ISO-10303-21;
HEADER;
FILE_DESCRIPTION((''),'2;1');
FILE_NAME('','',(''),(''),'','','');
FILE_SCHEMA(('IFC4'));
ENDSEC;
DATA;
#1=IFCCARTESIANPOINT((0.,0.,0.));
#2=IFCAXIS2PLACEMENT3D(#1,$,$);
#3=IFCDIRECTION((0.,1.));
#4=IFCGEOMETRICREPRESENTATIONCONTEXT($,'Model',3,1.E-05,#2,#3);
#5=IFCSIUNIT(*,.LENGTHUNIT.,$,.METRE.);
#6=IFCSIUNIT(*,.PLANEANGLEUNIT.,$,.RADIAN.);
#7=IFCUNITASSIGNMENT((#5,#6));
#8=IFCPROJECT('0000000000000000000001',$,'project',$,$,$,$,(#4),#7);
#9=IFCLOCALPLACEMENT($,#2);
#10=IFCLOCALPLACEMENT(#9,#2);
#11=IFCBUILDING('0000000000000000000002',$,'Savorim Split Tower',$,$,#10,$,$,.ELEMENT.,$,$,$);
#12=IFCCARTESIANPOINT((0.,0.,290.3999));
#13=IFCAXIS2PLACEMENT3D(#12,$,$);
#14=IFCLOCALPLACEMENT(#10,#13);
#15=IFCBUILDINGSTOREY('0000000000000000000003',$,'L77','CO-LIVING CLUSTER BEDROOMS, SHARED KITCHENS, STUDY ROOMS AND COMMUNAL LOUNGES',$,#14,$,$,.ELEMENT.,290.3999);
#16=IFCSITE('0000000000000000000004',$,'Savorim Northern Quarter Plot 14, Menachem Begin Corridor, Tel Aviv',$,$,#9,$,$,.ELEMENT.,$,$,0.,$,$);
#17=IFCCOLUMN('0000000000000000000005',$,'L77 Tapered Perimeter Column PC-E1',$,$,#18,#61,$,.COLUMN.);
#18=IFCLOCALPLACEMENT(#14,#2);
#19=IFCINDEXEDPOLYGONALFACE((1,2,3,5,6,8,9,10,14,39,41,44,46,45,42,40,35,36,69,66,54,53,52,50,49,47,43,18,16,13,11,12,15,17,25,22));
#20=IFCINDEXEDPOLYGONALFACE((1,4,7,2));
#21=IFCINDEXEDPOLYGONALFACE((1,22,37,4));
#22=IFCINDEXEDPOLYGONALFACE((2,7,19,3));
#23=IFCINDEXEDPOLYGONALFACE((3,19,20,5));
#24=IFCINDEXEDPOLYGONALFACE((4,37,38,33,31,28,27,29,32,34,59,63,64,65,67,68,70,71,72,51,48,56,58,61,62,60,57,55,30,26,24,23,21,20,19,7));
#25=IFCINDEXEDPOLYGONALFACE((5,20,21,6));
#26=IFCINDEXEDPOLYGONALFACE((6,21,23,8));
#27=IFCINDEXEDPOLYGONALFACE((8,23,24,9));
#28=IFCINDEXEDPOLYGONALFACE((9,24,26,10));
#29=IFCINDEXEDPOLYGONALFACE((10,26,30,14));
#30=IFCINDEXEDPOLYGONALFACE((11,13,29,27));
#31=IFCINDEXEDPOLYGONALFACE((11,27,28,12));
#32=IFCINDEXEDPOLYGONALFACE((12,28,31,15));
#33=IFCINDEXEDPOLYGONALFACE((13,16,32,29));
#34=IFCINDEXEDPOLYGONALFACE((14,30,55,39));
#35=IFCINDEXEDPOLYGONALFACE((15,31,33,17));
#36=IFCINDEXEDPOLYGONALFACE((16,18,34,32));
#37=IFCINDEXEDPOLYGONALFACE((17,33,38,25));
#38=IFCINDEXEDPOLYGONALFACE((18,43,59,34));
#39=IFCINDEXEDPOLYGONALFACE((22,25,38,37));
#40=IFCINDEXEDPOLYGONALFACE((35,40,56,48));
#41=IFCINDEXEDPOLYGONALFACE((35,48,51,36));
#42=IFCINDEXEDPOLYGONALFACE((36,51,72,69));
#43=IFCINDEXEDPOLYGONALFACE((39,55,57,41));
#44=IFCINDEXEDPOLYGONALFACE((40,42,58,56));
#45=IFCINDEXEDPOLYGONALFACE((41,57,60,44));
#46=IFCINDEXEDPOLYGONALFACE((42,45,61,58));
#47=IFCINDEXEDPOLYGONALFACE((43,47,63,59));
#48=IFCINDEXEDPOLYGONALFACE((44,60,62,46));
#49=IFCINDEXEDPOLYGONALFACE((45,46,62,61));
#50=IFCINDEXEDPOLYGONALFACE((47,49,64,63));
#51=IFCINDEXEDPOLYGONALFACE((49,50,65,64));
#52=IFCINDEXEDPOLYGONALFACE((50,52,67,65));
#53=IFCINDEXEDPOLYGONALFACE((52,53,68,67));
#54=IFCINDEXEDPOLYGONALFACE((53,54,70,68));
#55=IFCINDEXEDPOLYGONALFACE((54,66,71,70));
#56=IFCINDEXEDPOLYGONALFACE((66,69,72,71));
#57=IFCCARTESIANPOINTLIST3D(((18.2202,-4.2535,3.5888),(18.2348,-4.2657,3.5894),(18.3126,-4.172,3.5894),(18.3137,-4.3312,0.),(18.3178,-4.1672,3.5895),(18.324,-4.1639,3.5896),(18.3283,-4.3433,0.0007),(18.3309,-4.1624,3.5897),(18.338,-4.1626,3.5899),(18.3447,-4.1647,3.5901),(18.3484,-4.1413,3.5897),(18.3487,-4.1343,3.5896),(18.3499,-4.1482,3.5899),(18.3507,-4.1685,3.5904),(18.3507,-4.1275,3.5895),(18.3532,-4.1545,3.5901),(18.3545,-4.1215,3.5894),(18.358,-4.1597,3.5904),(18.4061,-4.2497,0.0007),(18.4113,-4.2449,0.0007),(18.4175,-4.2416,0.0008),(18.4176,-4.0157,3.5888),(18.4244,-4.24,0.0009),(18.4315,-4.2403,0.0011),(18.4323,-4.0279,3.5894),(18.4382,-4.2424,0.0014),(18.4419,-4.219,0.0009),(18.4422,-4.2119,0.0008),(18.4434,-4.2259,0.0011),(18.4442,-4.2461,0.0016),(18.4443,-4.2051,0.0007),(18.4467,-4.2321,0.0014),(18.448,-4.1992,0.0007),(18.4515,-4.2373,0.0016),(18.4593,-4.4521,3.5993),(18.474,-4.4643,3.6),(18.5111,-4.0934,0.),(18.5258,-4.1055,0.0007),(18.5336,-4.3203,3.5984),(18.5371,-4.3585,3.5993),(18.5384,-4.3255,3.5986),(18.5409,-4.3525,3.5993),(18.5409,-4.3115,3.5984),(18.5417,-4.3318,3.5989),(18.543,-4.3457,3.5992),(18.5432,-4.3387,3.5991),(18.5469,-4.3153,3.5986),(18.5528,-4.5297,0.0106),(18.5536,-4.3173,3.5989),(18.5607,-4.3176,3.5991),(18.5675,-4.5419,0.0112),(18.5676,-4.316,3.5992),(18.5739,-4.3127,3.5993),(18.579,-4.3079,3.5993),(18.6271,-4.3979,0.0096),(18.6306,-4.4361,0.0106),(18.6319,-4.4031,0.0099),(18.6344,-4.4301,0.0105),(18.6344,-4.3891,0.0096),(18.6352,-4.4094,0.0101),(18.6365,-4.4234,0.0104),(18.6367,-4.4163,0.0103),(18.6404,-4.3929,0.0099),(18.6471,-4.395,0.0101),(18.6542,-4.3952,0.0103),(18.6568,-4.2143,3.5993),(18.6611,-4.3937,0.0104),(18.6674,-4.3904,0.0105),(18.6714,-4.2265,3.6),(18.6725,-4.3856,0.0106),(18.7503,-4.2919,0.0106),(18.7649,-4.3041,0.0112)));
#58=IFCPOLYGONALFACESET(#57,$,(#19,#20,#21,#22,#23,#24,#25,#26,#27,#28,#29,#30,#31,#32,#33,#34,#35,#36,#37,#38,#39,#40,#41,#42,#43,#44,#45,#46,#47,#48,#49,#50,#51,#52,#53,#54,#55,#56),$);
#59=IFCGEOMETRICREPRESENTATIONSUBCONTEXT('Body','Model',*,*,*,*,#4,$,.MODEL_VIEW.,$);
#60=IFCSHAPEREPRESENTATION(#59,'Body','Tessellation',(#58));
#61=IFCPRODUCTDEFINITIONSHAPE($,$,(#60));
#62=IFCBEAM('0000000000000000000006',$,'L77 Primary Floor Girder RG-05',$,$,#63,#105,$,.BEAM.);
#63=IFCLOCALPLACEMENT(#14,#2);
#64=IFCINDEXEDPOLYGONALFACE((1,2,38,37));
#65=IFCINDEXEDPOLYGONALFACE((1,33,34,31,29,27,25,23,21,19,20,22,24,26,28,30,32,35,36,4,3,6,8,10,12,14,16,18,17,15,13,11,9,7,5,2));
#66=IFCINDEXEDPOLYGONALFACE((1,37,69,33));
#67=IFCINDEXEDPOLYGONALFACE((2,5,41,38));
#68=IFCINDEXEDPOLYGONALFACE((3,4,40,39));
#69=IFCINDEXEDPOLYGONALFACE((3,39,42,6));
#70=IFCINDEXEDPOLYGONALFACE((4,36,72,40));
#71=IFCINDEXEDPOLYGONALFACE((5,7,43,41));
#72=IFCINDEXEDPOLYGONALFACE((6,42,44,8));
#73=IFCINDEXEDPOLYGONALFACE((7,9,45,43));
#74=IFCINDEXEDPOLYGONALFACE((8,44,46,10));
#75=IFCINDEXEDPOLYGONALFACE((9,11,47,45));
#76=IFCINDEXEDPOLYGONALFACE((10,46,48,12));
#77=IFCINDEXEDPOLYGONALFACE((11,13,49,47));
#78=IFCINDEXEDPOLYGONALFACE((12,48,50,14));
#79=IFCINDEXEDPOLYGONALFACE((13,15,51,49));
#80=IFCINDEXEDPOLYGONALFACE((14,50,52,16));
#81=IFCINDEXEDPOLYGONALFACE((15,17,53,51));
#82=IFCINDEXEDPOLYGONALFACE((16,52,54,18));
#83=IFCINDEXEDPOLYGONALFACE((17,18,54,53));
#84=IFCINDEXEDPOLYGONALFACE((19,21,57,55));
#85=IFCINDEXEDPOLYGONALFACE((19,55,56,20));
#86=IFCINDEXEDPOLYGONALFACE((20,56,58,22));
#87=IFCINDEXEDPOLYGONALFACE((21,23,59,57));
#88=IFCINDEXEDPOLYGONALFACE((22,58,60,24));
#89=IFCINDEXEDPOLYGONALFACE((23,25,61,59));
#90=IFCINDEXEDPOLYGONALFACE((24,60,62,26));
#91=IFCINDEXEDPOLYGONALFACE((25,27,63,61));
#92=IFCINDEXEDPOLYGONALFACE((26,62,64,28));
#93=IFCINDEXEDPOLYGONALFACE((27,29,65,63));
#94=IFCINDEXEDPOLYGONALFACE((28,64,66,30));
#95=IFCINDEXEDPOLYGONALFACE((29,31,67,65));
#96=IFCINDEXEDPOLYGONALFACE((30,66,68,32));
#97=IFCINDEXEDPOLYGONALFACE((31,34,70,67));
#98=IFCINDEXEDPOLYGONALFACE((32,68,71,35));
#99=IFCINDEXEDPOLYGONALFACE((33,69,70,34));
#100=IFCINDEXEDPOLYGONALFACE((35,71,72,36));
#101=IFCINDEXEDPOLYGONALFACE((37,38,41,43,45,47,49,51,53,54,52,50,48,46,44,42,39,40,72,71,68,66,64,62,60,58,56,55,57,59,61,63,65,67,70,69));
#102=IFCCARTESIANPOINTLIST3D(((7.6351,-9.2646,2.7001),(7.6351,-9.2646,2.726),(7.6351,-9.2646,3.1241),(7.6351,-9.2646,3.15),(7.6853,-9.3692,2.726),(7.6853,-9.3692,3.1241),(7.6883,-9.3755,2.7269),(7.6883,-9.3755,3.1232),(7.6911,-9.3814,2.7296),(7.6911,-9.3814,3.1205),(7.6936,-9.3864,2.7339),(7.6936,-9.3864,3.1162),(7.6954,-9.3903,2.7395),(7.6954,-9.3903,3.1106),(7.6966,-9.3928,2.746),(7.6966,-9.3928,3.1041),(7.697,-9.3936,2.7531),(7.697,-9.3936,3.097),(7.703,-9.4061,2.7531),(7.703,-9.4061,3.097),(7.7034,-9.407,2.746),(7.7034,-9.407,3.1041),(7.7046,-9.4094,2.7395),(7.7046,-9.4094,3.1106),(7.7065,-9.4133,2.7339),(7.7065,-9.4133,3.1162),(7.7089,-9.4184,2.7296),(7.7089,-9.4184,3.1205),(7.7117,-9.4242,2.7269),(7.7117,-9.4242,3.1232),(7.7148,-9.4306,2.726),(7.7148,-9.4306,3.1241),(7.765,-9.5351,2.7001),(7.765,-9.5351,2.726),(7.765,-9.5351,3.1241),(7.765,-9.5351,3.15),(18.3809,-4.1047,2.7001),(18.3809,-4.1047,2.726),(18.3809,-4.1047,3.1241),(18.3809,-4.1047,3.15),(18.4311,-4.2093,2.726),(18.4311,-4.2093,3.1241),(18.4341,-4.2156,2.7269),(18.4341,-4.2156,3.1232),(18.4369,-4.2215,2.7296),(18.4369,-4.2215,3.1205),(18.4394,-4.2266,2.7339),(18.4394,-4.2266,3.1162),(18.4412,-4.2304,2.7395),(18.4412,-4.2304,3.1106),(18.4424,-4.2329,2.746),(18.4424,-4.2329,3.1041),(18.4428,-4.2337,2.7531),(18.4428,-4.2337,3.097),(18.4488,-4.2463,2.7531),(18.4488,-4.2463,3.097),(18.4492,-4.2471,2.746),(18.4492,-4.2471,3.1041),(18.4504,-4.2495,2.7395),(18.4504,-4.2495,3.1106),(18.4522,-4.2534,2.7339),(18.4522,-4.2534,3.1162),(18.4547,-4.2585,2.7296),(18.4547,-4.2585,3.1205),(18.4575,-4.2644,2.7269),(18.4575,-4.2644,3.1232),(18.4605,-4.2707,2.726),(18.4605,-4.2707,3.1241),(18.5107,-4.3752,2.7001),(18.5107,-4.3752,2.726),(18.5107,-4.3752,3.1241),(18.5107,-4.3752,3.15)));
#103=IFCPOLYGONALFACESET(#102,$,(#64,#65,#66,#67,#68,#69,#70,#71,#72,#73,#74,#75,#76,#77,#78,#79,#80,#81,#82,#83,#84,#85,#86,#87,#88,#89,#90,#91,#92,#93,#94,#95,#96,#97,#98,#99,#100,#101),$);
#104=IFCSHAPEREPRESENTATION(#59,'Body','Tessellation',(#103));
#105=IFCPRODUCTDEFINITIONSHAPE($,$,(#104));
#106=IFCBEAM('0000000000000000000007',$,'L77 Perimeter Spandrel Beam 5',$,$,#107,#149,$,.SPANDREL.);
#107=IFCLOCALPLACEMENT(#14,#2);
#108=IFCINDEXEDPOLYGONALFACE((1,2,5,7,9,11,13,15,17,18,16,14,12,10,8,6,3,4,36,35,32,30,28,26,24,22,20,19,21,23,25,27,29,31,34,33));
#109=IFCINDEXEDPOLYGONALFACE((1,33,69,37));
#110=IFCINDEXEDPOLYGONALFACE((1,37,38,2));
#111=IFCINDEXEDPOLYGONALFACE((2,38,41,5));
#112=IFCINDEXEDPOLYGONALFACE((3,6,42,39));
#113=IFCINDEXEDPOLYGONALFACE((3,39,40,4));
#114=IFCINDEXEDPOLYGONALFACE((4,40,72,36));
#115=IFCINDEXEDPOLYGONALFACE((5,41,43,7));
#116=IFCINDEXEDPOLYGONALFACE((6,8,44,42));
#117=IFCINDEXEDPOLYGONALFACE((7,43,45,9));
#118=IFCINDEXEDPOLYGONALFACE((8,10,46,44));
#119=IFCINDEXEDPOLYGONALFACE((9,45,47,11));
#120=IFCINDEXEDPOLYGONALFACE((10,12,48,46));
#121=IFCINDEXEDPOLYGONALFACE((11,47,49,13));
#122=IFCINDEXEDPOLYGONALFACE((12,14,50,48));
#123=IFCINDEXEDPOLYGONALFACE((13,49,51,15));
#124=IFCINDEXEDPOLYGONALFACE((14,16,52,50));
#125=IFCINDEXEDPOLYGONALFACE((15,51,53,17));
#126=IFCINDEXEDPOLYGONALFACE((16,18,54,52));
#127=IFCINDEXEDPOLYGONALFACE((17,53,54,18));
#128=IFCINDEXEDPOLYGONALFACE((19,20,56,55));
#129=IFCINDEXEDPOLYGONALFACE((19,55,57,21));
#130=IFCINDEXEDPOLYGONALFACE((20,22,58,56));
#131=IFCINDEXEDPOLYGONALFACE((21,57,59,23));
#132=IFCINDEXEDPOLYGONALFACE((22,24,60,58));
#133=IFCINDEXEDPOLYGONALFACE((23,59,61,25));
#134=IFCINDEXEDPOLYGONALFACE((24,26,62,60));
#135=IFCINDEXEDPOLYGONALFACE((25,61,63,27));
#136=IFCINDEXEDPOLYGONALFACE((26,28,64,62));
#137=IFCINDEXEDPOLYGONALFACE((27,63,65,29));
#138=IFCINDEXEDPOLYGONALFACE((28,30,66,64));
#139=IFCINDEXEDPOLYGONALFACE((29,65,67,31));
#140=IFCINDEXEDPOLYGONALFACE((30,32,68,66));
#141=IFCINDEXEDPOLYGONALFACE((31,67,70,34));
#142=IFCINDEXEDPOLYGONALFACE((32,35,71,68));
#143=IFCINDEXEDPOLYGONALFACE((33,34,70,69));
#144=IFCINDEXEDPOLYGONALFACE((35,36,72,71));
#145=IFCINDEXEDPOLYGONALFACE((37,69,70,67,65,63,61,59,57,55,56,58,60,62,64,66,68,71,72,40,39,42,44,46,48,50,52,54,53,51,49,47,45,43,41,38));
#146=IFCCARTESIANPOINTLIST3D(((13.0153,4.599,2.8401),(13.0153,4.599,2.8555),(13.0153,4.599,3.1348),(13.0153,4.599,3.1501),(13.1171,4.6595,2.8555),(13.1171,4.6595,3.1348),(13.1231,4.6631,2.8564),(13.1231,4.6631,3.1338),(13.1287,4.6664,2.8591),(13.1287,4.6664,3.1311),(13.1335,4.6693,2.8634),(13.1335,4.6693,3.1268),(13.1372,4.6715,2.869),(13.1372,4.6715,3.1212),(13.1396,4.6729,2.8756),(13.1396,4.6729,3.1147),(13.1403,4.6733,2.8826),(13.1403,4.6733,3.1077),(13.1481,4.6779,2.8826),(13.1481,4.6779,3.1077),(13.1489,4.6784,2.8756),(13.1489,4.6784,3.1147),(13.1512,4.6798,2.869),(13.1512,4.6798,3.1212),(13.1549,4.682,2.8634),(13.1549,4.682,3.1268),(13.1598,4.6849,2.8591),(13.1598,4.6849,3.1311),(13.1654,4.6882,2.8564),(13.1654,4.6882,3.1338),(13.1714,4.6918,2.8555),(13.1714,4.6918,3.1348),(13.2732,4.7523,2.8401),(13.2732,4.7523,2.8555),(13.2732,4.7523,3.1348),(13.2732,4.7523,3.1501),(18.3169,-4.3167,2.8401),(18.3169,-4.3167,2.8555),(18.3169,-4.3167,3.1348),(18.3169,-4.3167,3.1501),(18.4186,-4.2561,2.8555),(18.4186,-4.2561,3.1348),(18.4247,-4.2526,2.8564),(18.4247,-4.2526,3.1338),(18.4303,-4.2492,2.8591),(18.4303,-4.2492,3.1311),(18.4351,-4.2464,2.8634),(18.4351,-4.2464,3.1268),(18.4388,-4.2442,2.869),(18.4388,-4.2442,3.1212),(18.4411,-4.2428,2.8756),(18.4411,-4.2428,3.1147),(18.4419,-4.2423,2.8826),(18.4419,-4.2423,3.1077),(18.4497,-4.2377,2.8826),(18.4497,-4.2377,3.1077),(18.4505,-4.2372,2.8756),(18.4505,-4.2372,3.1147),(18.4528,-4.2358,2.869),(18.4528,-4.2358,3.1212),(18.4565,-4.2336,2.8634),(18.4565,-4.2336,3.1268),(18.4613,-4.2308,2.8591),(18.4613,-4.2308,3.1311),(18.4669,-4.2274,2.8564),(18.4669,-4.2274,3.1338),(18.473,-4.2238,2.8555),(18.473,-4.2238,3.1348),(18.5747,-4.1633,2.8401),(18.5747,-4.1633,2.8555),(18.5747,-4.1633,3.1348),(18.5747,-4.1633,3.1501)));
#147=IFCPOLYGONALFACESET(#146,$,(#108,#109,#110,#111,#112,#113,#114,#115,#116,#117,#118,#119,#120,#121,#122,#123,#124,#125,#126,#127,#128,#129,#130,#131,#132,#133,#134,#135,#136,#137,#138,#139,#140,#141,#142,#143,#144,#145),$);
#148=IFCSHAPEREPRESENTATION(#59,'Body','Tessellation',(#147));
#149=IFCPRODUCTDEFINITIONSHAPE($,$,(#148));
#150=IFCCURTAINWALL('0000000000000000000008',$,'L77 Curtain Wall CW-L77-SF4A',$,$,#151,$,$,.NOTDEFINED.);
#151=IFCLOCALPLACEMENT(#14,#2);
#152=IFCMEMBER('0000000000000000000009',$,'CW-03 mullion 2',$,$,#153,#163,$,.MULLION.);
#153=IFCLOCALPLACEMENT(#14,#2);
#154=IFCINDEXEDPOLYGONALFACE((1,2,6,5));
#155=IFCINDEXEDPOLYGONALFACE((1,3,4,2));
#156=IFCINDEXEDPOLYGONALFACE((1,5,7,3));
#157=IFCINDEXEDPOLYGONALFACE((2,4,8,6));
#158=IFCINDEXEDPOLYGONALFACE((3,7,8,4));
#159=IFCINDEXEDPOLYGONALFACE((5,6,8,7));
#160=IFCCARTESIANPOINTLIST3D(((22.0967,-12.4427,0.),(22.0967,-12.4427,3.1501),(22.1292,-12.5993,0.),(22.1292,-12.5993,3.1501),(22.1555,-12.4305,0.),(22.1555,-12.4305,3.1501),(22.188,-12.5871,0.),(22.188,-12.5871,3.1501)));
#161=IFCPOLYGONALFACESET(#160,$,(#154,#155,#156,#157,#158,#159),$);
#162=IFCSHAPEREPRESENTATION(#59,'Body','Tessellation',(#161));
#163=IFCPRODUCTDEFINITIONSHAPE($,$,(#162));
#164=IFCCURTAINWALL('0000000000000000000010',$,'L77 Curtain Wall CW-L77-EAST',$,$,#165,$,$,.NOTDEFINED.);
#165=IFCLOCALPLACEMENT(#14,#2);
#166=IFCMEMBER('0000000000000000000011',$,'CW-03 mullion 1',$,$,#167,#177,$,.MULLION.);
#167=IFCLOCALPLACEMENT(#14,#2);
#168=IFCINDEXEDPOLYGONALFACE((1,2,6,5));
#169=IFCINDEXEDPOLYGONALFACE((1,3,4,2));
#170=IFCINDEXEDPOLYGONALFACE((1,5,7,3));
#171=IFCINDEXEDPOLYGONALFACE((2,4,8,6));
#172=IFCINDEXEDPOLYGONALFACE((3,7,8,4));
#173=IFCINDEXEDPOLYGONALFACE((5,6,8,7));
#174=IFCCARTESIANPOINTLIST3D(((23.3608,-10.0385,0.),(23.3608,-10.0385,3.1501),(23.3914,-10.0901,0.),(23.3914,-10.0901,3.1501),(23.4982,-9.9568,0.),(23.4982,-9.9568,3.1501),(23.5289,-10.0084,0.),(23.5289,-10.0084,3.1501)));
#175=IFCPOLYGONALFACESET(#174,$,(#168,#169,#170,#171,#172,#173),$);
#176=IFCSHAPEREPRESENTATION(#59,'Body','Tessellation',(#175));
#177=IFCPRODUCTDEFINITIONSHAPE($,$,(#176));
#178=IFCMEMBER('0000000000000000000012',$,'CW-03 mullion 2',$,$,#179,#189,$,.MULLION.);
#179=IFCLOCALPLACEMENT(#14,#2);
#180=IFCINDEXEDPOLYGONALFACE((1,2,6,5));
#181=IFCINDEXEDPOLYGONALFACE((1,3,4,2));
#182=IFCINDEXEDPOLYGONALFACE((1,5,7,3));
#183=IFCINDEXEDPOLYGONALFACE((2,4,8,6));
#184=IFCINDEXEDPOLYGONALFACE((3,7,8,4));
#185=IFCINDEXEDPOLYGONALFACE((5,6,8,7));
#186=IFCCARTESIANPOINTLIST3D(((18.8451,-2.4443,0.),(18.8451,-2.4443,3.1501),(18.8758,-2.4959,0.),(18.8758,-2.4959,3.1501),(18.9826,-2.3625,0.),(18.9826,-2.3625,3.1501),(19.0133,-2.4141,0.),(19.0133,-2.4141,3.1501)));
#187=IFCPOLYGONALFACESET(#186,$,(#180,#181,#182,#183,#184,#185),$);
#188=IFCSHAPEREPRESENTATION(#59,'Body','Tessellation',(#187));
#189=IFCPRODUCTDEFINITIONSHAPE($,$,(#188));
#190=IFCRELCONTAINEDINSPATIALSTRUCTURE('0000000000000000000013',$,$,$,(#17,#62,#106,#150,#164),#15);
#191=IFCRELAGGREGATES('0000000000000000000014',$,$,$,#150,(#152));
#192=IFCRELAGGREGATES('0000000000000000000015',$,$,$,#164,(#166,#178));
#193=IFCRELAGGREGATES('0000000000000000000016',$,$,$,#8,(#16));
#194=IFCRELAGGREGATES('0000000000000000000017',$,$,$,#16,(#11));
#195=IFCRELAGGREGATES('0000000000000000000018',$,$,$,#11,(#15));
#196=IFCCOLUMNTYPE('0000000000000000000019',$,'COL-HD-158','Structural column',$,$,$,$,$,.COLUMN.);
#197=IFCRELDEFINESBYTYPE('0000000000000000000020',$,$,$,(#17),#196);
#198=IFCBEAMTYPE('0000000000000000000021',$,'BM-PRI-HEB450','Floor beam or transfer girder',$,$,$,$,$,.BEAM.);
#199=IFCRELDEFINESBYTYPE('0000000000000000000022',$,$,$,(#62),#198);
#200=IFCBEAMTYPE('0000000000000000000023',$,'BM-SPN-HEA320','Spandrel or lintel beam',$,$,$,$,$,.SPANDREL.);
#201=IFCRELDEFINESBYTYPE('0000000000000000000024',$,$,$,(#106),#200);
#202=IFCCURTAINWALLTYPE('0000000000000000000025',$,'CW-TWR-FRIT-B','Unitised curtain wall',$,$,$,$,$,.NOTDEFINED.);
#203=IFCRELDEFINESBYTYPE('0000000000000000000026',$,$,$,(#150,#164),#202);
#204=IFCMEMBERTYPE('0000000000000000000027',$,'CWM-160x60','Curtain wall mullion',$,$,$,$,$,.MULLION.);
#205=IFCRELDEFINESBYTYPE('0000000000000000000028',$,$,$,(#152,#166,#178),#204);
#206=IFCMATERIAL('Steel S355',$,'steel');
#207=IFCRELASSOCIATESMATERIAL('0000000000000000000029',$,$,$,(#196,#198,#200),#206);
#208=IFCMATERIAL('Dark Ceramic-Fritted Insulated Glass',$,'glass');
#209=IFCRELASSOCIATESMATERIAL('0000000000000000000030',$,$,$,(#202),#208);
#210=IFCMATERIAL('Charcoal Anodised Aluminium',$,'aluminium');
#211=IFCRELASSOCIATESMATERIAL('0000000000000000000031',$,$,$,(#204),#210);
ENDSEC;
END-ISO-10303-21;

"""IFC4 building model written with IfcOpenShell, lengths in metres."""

from ifc_helpers import new_model, si_unit, direction, frame, origin, origin_2d, place, context, subcontext, project, spatial, rectangle, i_section, extrude, material, material_profile, profile_set, type_object, element, aggregate, save


model = new_model("IFC4")

# Units and contexts
model_context = context("Model", 3, precision=1e-05, world=origin(), true_north=direction((0.0, 1.0)))
body_context = subcontext(model_context, "Body", "Model", "MODEL_VIEW")
ifc_project = project(units=[si_unit("LENGTHUNIT", "METRE"), si_unit("PLANEANGLEUNIT", "RADIAN")], contexts=[model_context])

# Site, building, storey
site_placement = place(None, origin())
site = spatial("IfcSite", under=ifc_project, at=site_placement, Name="Savorim Northern Quarter Plot 14, Menachem Begin Corridor, Tel Aviv", CompositionType="ELEMENT", RefElevation=0.0)
building_placement = place(site_placement, origin())
building = spatial("IfcBuilding", under=site, at=building_placement, Name="Savorim Split Tower", CompositionType="ELEMENT")
storey_placement = place(building_placement, frame((0.0, 0.0, 290.3999)))
storey = spatial("IfcBuildingStorey", under=building, at=storey_placement, Name="L77", Description="CO-LIVING CLUSTER BEDROOMS, SHARED KITCHENS, STUDY ROOMS AND COMMUNAL LOUNGES", CompositionType="ELEMENT", Elevation=290.3999)

# Column
ifc_material_1 = material(Name="Steel S355", Category="steel")
ifc_material_profile_1 = material_profile(ifc_material_1, i_section(OverallWidth=0.3091, OverallDepth=0.3301, WebThickness=0.0115, FlangeThickness=0.019, FilletRadius=0.0271, at=origin_2d()), Name="HD 320x158")
ifc_profile_set_1 = profile_set([ifc_material_profile_1], Name="Steel S355")
column_type = type_object("IfcColumnType", Name="COL-HD-158", Description="Structural column", PredefinedType="COLUMN", material=ifc_profile_set_1)
column_placement = place(storey_placement, frame((18.5393, -4.3176, 0.0056), z_axis=(-0.026039, 0.02162, 0.999427), x_axis=(-0.6388, -0.769373, 0.0)))
element("IfcColumn", 1, at=column_placement, inside=storey, type_object=column_type, Name="L77 Tapered Perimeter Column PC-E1", PredefinedType="COLUMN", context=body_context, shape_type="SweptSolid", body=[
    extrude(i_section(OverallWidth=0.3091, OverallDepth=0.3301, WebThickness=0.0115, FlangeThickness=0.019, FilletRadius=0.0271, at=origin_2d()), origin(), (0.0, 0.0, 1.0), 3.5908),
])

# Beams
ifc_material_profile_2 = material_profile(ifc_material_1, i_section(OverallWidth=0.3, OverallDepth=0.45, WebThickness=0.0139, FlangeThickness=0.0259, FilletRadius=0.0271, at=origin_2d()), Name="HEB 450")
ifc_profile_set_2 = profile_set([ifc_material_profile_2], Name="Steel S355")
beam_type_1 = type_object("IfcBeamType", Name="BM-PRI-HEB450", Description="Floor beam or transfer girder", PredefinedType="BEAM", material=ifc_profile_set_2)
beam_1_placement = place(storey_placement, frame((18.4458, -4.24, 2.925), z_axis=(-0.901461, -0.432861, 0.0), x_axis=(0.432861, -0.901461, 0.0)))
element("IfcBeam", 2, at=beam_1_placement, inside=storey, type_object=beam_type_1, Name="L77 Primary Floor Girder RG-05", PredefinedType="BEAM", context=body_context, shape_type="SweptSolid", body=[
    extrude(i_section(OverallWidth=0.3, OverallDepth=0.45, WebThickness=0.0139, FlangeThickness=0.0259, FilletRadius=0.0271, at=origin_2d()), origin(), (0.0, 0.0, 1.0), 11.9204),
])
ifc_material_profile_3 = material_profile(ifc_material_1, i_section(OverallWidth=0.3, OverallDepth=0.3101, WebThickness=0.009, FlangeThickness=0.0154, FilletRadius=0.0271, at=origin_2d()), Name="HEA 320")
ifc_profile_set_3 = profile_set([ifc_material_profile_3], Name="Steel S355")
beam_type_2 = type_object("IfcBeamType", Name="BM-SPN-HEA320", Description="Spandrel or lintel beam", PredefinedType="SPANDREL", material=ifc_profile_set_3)
beam_2_placement = place(storey_placement, frame((18.4458, -4.24, 2.9951), z_axis=(-0.511103, 0.859519, 0.0), x_axis=(-0.859519, -0.511103, 0.0)))
element("IfcBeam", 3, at=beam_2_placement, inside=storey, type_object=beam_type_2, Name="L77 Perimeter Spandrel Beam 5", PredefinedType="SPANDREL", context=body_context, shape_type="SweptSolid", body=[
    extrude(i_section(OverallWidth=0.3, OverallDepth=0.3101, WebThickness=0.009, FlangeThickness=0.0154, FilletRadius=0.0271, at=origin_2d()), origin(), (0.0, 0.0, 1.0), 10.3728),
])

# Curtain wall, member
ifc_material_2 = material(Name="Dark Ceramic-Fritted Insulated Glass", Category="glass")
curtain_wall_type_1 = type_object("IfcCurtainWallType", Name="CW-TWR-FRIT-B", Description="Unitised curtain wall", PredefinedType="NOTDEFINED", material=ifc_material_2)
curtain_wall_1_placement = place(storey_placement, origin())
curtain_wall_1 = element("IfcCurtainWall", 4, at=curtain_wall_1_placement, inside=storey, type_object=curtain_wall_type_1, Name="L77 Curtain Wall CW-L77-SF4A", PredefinedType="NOTDEFINED")
ifc_material_3 = material(Name="Charcoal Anodised Aluminium", Category="aluminium")
ifc_material_profile_4 = material_profile(ifc_material_3, rectangle(XDim=0.1599, YDim=0.0601, at=origin_2d()), Name="ALU-M 160x60")
ifc_profile_set_4 = profile_set([ifc_material_profile_4], Name="Charcoal Anodised Aluminium")
member_type_1 = type_object("IfcMemberType", Name="CWM-160x60", Description="Curtain wall mullion", PredefinedType="MULLION", material=ifc_profile_set_4)
member_1_placement = place(storey_placement, frame((22.1423, -12.5149, 0.0), z_axis=(0.0, 0.0, 1.0), x_axis=(-0.20322, 0.979133, 0.0)))
member_1 = element("IfcMember", 5, at=member_1_placement, type_object=member_type_1, Name="CW-03 mullion 2", PredefinedType="MULLION", context=body_context, shape_type="SweptSolid", body=[
    extrude(rectangle(XDim=0.1599, YDim=0.0601, at=origin_2d()), origin(), (0.0, 0.0, 1.0), 3.1501),
])

# Curtain wall, members
curtain_wall_2_placement = place(storey_placement, origin())
curtain_wall_2 = element("IfcCurtainWall", 6, at=curtain_wall_2_placement, inside=storey, type_object=curtain_wall_type_1, Name="L77 Curtain Wall CW-L77-EAST", PredefinedType="NOTDEFINED")
member_2_placement = place(storey_placement, frame((23.4448, -10.0234, 0.0), z_axis=(0.0, 0.0, 1.0), x_axis=(-0.859526, -0.511092, 0.0)))
member_2 = element("IfcMember", 7, at=member_2_placement, type_object=member_type_1, Name="CW-03 mullion 1", PredefinedType="MULLION", context=body_context, shape_type="SweptSolid", body=[
    extrude(rectangle(XDim=0.1599, YDim=0.0601, at=origin_2d()), origin(), (0.0, 0.0, 1.0), 3.1501),
])
member_3_placement = place(storey_placement, frame((18.9292, -2.4292, 0.0), z_axis=(0.0, 0.0, 1.0), x_axis=(-0.859526, -0.511092, 0.0)))
member_3 = element("IfcMember", 8, at=member_3_placement, type_object=member_type_1, Name="CW-03 mullion 2", PredefinedType="MULLION", context=body_context, shape_type="SweptSolid", body=[
    extrude(rectangle(XDim=0.1599, YDim=0.0601, at=origin_2d()), origin(), (0.0, 0.0, 1.0), 3.1501),
])

aggregate(curtain_wall_1, [member_1])
aggregate(curtain_wall_2, [member_2, member_3])

save(model, "model.ifc")
